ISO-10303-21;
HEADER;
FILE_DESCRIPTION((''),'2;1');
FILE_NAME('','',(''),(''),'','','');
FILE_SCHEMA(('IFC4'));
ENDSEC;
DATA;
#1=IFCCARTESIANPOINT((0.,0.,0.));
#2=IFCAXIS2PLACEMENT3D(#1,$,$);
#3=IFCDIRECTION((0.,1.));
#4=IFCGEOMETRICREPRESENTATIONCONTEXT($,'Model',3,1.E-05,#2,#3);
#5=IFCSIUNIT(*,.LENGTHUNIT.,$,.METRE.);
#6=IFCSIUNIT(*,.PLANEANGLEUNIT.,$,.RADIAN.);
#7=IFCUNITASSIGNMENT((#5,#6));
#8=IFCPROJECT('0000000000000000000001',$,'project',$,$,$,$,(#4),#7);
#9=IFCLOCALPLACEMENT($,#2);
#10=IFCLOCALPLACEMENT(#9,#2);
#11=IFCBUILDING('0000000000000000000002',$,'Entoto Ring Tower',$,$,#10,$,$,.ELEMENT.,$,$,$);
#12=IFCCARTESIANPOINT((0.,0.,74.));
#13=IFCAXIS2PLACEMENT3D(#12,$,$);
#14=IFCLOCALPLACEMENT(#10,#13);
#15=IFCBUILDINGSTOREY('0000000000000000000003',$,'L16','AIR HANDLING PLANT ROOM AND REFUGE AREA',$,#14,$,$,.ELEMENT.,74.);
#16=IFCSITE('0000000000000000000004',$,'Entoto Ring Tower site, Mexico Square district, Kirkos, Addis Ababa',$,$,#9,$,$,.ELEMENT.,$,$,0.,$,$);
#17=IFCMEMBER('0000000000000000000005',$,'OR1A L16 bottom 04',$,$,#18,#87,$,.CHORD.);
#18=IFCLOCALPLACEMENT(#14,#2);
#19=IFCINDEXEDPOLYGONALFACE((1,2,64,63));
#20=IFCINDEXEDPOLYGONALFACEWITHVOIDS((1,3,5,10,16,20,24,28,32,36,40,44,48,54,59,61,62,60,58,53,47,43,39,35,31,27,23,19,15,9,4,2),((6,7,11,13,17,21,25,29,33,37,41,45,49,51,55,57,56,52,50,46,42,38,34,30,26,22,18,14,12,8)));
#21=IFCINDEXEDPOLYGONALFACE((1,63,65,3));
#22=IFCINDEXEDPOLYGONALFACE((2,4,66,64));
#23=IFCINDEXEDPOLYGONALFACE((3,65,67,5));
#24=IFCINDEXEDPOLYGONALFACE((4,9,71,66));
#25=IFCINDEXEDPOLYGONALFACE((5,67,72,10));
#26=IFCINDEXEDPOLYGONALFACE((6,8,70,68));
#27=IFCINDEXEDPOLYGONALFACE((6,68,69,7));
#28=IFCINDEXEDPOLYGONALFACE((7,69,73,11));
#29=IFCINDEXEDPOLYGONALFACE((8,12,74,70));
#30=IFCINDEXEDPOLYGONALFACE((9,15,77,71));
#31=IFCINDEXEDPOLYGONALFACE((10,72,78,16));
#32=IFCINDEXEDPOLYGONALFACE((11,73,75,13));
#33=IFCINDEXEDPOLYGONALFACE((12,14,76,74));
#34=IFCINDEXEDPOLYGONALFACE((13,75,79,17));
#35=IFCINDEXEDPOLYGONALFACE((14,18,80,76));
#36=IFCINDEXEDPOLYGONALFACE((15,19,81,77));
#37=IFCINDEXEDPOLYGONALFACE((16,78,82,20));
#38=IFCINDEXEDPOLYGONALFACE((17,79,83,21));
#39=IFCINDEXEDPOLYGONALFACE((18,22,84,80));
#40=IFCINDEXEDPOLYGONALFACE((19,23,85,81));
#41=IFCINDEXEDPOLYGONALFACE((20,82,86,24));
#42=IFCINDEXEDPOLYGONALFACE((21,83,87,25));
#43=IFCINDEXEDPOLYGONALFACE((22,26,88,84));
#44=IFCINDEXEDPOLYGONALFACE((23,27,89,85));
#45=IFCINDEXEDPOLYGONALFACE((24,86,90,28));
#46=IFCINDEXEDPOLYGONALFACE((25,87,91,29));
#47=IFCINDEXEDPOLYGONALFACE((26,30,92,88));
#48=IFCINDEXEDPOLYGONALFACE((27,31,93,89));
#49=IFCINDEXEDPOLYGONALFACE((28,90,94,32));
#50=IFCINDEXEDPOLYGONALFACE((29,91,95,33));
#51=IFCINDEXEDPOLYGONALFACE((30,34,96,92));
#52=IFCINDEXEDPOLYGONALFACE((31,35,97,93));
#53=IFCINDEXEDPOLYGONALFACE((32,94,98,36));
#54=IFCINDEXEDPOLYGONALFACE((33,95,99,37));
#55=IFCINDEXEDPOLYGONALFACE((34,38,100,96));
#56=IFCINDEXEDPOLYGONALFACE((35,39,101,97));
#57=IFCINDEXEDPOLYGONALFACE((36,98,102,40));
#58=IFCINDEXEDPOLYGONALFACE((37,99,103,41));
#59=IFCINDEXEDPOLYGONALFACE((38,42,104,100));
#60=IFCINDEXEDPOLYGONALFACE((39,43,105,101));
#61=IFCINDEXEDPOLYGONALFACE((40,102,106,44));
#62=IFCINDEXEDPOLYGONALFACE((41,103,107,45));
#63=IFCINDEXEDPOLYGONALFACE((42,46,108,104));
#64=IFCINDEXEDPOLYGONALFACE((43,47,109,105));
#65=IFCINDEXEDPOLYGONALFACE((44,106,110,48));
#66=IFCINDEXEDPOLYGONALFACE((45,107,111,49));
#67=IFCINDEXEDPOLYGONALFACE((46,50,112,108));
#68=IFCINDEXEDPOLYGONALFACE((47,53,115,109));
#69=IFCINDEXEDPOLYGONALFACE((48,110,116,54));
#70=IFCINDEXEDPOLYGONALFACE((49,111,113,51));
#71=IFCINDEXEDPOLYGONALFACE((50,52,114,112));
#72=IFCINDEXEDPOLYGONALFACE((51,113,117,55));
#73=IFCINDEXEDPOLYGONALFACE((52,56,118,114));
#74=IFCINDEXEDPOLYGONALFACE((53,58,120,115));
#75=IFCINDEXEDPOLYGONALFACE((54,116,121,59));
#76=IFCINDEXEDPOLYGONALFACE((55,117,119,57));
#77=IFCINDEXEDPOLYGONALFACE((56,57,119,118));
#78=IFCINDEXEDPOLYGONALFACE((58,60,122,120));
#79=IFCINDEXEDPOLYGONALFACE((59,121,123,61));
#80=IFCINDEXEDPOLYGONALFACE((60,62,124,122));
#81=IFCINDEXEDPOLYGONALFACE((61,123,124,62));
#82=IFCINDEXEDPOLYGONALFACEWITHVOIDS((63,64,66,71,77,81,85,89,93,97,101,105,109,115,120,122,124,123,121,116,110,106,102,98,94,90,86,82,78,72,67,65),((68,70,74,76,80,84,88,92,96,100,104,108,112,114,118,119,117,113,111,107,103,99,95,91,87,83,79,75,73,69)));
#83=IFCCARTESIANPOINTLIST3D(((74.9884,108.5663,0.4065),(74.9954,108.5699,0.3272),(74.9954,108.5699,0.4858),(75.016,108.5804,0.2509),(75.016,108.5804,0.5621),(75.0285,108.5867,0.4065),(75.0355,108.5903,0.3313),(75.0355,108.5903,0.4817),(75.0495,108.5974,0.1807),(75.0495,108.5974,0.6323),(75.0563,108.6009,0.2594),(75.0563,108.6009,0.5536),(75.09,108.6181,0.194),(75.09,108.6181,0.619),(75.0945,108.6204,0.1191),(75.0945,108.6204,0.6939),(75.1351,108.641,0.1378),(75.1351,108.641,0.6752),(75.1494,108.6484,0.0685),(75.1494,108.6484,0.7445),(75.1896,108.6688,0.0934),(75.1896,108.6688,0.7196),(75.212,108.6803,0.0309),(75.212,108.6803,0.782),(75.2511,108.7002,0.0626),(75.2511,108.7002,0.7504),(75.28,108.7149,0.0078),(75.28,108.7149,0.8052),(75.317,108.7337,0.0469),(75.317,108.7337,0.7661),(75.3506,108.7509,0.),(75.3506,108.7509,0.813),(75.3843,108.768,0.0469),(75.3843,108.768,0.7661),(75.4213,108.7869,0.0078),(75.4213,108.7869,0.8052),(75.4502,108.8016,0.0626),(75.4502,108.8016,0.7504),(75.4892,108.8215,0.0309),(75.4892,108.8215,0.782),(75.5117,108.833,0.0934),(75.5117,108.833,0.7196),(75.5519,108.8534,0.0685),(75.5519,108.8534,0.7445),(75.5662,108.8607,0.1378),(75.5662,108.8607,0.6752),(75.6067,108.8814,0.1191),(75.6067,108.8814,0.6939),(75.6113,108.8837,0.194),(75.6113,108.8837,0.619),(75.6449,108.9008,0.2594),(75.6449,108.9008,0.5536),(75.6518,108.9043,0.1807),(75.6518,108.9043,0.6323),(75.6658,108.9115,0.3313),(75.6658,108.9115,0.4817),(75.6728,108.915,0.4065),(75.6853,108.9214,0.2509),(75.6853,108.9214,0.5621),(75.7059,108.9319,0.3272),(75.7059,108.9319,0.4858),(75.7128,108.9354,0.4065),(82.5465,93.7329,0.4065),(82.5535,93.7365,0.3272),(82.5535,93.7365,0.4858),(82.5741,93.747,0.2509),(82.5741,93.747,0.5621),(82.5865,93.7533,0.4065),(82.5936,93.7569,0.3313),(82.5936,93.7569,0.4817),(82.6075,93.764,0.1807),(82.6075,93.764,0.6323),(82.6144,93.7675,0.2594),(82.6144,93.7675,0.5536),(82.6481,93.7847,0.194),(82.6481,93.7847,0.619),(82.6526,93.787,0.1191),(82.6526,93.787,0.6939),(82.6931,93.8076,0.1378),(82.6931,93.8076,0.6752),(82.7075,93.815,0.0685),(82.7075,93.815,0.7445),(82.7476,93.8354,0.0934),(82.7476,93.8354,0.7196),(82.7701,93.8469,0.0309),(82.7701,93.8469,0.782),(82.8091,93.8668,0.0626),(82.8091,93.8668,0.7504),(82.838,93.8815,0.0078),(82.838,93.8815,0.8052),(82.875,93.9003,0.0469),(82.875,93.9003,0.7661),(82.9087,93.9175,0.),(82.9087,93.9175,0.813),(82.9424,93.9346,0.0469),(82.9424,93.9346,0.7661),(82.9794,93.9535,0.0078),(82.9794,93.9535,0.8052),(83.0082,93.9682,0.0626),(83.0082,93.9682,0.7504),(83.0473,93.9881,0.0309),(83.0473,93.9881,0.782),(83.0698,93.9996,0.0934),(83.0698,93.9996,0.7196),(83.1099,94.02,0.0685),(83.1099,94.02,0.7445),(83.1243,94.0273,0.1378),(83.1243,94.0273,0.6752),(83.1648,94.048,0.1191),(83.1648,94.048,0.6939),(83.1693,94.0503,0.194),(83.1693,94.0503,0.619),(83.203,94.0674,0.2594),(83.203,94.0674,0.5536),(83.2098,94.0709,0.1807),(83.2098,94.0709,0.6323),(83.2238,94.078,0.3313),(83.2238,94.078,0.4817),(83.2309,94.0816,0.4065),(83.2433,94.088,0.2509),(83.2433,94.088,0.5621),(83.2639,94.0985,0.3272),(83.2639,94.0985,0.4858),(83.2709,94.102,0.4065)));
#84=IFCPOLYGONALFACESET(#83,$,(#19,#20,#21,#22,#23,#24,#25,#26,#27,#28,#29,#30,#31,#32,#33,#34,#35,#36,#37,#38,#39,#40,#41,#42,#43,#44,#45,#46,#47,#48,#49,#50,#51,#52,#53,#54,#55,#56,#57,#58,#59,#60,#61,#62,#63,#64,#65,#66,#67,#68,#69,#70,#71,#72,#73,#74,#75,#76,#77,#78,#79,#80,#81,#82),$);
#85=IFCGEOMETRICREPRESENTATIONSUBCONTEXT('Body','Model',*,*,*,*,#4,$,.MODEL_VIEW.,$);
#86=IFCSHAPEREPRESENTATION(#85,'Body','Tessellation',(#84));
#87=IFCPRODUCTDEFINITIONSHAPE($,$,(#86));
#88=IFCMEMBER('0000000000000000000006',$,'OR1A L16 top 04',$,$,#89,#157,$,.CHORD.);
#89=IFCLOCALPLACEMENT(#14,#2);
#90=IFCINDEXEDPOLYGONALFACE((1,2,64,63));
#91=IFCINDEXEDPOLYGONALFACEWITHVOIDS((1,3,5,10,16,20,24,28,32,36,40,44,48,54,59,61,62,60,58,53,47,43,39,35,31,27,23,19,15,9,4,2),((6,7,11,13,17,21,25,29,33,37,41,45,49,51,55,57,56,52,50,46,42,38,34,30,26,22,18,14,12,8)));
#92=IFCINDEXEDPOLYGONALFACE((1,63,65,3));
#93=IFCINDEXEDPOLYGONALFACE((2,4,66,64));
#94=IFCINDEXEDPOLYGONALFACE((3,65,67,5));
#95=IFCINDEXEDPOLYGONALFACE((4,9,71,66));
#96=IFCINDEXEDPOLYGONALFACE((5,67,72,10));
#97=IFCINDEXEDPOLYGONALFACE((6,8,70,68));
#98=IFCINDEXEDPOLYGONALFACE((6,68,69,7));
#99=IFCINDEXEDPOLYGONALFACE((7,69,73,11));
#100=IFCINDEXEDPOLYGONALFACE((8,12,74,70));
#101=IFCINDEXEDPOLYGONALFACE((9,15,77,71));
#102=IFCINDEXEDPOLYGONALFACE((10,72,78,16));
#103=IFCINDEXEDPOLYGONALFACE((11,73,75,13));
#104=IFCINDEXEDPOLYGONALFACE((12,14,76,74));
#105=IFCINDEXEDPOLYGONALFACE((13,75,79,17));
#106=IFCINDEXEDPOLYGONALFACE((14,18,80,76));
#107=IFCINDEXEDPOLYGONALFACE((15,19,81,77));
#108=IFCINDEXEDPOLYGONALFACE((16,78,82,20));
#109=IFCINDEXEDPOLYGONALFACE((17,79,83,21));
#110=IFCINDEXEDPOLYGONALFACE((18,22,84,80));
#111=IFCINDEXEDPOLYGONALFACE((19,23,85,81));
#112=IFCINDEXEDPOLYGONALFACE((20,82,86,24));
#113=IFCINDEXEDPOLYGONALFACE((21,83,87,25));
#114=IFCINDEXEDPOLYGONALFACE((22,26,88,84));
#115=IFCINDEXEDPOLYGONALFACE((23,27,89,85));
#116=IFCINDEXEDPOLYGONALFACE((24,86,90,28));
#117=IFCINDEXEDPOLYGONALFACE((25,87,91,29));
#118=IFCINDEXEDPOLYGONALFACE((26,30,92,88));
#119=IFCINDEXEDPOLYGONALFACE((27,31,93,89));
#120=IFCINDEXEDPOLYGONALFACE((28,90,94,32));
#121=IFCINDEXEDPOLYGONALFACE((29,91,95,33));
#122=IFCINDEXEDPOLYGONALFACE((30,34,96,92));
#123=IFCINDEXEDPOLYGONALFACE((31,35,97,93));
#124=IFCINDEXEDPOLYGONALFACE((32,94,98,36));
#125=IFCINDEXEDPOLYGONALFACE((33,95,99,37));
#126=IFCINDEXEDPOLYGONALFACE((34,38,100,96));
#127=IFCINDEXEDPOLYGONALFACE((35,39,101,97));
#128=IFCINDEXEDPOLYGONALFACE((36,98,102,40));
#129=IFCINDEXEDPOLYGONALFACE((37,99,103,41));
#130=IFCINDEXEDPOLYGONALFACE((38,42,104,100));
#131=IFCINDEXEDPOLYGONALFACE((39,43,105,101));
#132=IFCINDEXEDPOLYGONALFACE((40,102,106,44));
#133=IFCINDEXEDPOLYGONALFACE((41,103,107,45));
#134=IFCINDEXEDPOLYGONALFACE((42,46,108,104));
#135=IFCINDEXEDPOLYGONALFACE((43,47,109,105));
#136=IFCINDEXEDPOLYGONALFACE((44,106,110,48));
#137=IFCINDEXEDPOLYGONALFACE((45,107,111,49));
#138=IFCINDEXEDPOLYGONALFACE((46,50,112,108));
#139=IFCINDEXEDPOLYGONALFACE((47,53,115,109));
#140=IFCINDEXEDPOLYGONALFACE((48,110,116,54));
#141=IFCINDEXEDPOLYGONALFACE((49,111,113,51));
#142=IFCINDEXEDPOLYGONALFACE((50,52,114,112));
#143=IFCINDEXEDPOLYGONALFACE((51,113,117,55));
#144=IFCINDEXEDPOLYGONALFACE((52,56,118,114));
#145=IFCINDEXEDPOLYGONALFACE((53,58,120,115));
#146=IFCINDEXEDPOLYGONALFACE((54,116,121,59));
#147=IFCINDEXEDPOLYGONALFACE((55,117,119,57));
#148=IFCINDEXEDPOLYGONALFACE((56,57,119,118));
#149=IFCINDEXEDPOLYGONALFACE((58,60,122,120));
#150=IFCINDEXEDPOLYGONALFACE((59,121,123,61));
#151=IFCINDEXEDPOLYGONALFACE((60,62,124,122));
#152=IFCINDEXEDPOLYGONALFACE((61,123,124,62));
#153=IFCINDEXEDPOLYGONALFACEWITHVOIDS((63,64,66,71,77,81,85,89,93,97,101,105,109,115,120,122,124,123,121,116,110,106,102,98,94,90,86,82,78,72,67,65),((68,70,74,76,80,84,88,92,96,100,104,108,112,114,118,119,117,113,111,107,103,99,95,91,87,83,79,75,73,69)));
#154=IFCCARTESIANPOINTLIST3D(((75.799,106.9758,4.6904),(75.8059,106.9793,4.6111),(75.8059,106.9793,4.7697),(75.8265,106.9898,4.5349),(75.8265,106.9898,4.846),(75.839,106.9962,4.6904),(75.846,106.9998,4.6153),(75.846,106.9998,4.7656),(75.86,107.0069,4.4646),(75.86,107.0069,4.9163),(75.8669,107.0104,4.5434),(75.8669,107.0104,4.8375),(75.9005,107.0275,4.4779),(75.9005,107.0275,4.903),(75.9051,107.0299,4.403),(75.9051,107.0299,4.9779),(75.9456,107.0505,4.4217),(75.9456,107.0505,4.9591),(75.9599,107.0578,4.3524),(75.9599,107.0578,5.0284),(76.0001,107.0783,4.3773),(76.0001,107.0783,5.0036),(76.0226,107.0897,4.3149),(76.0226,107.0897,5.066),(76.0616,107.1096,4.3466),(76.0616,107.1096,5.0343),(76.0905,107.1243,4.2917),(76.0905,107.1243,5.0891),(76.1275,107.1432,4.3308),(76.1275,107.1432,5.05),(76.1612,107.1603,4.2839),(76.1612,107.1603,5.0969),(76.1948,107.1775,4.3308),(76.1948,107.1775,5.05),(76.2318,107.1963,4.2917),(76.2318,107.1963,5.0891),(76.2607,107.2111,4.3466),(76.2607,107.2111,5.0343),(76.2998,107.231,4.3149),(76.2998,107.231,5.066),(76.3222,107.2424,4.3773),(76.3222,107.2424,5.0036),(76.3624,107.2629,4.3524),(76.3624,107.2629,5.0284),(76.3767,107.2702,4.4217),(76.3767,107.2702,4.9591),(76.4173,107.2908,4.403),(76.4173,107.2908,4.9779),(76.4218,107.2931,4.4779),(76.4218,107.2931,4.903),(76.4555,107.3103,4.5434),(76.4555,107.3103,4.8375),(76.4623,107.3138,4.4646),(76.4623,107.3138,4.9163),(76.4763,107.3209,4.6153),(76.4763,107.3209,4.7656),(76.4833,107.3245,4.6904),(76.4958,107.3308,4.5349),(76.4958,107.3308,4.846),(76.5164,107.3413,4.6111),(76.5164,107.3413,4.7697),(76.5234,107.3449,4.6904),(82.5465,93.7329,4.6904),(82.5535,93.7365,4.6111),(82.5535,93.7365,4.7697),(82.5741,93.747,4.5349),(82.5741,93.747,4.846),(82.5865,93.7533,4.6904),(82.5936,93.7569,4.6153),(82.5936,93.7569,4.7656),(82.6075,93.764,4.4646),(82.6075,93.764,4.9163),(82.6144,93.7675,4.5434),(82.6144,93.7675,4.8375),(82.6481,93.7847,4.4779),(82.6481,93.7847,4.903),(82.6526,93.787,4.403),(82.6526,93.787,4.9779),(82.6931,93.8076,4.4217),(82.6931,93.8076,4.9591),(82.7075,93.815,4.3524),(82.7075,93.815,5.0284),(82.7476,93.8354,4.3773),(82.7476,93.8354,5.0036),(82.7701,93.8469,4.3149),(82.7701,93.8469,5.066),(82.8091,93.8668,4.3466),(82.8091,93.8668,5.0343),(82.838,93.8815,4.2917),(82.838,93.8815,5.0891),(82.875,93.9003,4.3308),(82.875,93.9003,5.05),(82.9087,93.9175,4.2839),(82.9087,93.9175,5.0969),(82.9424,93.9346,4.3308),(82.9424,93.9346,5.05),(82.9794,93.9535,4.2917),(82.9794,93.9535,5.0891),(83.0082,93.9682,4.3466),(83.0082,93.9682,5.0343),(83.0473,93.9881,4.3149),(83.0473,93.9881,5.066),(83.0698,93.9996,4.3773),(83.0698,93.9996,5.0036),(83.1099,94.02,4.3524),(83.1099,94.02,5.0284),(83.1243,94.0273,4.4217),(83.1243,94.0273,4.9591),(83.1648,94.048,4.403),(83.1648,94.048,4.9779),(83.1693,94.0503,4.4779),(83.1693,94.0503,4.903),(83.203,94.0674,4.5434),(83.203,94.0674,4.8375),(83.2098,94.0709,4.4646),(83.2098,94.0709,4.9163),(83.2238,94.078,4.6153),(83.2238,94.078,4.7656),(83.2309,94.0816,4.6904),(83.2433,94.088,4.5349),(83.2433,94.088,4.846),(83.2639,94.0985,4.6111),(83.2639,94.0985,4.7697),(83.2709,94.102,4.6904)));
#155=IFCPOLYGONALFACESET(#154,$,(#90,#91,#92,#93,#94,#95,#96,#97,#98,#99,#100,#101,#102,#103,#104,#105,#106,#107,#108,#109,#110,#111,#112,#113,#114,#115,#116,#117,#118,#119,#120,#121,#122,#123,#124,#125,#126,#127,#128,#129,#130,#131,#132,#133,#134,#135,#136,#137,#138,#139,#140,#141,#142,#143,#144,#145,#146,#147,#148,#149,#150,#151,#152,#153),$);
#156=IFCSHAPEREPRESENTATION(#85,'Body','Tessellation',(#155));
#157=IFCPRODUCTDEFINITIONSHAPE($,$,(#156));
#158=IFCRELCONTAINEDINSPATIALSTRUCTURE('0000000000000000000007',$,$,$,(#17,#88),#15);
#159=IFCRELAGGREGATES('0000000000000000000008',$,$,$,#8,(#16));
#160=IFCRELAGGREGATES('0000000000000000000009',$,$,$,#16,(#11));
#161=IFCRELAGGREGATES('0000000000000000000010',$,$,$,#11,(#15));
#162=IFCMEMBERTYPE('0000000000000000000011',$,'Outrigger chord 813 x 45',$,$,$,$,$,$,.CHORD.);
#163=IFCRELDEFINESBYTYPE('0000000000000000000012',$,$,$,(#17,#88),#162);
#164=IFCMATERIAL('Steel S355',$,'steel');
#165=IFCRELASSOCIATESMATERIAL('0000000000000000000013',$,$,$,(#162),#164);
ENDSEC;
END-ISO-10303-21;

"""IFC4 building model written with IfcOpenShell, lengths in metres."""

from ifc_helpers import new_model, si_unit, direction, frame, origin, origin_2d, place, context, subcontext, project, spatial, circle, hollow_circle, extrude, material, material_profile, profile_set, type_object, element, save


model = new_model("IFC4")

# Units and contexts
model_context = context("Model", 3, precision=1e-05, world=origin(), true_north=direction((0.0, 1.0)))
body_context = subcontext(model_context, "Body", "Model", "MODEL_VIEW")
ifc_project = project(units=[si_unit("LENGTHUNIT", "METRE"), si_unit("PLANEANGLEUNIT", "RADIAN")], contexts=[model_context])

# Site, building, storey
site_placement = place(None, origin())
site = spatial("IfcSite", under=ifc_project, at=site_placement, Name="Entoto Ring Tower site, Mexico Square district, Kirkos, Addis Ababa", CompositionType="ELEMENT", RefElevation=0.0)
building_placement = place(site_placement, origin())
building = spatial("IfcBuilding", under=site, at=building_placement, Name="Entoto Ring Tower", CompositionType="ELEMENT")
storey_placement = place(building_placement, frame((0.0, 0.0, 74.0)))
storey = spatial("IfcBuildingStorey", under=building, at=storey_placement, Name="L16", Description="AIR HANDLING PLANT ROOM AND REFUGE AREA", CompositionType="ELEMENT", Elevation=74.0)

# Members
ifc_material_1 = material(Name="Steel S355", Category="steel")
ifc_material_profile_1 = material_profile(ifc_material_1, hollow_circle(Radius=0.4065, WallThickness=0.0449, at=origin_2d()), Name="CHS 813 x 45")
ifc_material_2 = material(Name="Concrete C60/75", Category="concrete")
ifc_material_profile_2 = material_profile(ifc_material_2, circle(Radius=0.3616, at=origin_2d()), Name="Concrete C60/75 infill")
ifc_profile_set_1 = profile_set([ifc_material_profile_1, ifc_material_profile_2], Name="Steel S355")
member_type_1 = type_object("IfcMemberType", Name="Outrigger chord 813 x 45", PredefinedType="CHORD", material=ifc_profile_set_1)
member_1_placement = place(storey_placement, frame((82.9087, 93.9175, 0.4065), z_axis=(-0.453993, 0.891005, 0.0), x_axis=(-0.891005, -0.453993, 0.0)))
element("IfcMember", 1, at=member_1_placement, inside=storey, type_object=member_type_1, Name="OR1A L16 bottom 04", PredefinedType="CHORD", context=body_context, shape_type="SweptSolid", body=[
    extrude(hollow_circle(Radius=0.4065, WallThickness=0.0449, at=origin_2d()), origin(), (0.0, 0.0, 1.0), 16.6479),
])
member_2_placement = place(storey_placement, frame((82.9087, 93.9175, 4.6904), z_axis=(-0.453988, 0.891008, 0.0), x_axis=(-0.891008, -0.453988, 0.0)))
element("IfcMember", 2, at=member_2_placement, inside=storey, type_object=member_type_1, Name="OR1A L16 top 04", PredefinedType="CHORD", context=body_context, shape_type="SweptSolid", body=[
    extrude(hollow_circle(Radius=0.4065, WallThickness=0.0449, at=origin_2d()), origin(), (0.0, 0.0, 1.0), 14.8628),
])

save(model, "model.ifc")
